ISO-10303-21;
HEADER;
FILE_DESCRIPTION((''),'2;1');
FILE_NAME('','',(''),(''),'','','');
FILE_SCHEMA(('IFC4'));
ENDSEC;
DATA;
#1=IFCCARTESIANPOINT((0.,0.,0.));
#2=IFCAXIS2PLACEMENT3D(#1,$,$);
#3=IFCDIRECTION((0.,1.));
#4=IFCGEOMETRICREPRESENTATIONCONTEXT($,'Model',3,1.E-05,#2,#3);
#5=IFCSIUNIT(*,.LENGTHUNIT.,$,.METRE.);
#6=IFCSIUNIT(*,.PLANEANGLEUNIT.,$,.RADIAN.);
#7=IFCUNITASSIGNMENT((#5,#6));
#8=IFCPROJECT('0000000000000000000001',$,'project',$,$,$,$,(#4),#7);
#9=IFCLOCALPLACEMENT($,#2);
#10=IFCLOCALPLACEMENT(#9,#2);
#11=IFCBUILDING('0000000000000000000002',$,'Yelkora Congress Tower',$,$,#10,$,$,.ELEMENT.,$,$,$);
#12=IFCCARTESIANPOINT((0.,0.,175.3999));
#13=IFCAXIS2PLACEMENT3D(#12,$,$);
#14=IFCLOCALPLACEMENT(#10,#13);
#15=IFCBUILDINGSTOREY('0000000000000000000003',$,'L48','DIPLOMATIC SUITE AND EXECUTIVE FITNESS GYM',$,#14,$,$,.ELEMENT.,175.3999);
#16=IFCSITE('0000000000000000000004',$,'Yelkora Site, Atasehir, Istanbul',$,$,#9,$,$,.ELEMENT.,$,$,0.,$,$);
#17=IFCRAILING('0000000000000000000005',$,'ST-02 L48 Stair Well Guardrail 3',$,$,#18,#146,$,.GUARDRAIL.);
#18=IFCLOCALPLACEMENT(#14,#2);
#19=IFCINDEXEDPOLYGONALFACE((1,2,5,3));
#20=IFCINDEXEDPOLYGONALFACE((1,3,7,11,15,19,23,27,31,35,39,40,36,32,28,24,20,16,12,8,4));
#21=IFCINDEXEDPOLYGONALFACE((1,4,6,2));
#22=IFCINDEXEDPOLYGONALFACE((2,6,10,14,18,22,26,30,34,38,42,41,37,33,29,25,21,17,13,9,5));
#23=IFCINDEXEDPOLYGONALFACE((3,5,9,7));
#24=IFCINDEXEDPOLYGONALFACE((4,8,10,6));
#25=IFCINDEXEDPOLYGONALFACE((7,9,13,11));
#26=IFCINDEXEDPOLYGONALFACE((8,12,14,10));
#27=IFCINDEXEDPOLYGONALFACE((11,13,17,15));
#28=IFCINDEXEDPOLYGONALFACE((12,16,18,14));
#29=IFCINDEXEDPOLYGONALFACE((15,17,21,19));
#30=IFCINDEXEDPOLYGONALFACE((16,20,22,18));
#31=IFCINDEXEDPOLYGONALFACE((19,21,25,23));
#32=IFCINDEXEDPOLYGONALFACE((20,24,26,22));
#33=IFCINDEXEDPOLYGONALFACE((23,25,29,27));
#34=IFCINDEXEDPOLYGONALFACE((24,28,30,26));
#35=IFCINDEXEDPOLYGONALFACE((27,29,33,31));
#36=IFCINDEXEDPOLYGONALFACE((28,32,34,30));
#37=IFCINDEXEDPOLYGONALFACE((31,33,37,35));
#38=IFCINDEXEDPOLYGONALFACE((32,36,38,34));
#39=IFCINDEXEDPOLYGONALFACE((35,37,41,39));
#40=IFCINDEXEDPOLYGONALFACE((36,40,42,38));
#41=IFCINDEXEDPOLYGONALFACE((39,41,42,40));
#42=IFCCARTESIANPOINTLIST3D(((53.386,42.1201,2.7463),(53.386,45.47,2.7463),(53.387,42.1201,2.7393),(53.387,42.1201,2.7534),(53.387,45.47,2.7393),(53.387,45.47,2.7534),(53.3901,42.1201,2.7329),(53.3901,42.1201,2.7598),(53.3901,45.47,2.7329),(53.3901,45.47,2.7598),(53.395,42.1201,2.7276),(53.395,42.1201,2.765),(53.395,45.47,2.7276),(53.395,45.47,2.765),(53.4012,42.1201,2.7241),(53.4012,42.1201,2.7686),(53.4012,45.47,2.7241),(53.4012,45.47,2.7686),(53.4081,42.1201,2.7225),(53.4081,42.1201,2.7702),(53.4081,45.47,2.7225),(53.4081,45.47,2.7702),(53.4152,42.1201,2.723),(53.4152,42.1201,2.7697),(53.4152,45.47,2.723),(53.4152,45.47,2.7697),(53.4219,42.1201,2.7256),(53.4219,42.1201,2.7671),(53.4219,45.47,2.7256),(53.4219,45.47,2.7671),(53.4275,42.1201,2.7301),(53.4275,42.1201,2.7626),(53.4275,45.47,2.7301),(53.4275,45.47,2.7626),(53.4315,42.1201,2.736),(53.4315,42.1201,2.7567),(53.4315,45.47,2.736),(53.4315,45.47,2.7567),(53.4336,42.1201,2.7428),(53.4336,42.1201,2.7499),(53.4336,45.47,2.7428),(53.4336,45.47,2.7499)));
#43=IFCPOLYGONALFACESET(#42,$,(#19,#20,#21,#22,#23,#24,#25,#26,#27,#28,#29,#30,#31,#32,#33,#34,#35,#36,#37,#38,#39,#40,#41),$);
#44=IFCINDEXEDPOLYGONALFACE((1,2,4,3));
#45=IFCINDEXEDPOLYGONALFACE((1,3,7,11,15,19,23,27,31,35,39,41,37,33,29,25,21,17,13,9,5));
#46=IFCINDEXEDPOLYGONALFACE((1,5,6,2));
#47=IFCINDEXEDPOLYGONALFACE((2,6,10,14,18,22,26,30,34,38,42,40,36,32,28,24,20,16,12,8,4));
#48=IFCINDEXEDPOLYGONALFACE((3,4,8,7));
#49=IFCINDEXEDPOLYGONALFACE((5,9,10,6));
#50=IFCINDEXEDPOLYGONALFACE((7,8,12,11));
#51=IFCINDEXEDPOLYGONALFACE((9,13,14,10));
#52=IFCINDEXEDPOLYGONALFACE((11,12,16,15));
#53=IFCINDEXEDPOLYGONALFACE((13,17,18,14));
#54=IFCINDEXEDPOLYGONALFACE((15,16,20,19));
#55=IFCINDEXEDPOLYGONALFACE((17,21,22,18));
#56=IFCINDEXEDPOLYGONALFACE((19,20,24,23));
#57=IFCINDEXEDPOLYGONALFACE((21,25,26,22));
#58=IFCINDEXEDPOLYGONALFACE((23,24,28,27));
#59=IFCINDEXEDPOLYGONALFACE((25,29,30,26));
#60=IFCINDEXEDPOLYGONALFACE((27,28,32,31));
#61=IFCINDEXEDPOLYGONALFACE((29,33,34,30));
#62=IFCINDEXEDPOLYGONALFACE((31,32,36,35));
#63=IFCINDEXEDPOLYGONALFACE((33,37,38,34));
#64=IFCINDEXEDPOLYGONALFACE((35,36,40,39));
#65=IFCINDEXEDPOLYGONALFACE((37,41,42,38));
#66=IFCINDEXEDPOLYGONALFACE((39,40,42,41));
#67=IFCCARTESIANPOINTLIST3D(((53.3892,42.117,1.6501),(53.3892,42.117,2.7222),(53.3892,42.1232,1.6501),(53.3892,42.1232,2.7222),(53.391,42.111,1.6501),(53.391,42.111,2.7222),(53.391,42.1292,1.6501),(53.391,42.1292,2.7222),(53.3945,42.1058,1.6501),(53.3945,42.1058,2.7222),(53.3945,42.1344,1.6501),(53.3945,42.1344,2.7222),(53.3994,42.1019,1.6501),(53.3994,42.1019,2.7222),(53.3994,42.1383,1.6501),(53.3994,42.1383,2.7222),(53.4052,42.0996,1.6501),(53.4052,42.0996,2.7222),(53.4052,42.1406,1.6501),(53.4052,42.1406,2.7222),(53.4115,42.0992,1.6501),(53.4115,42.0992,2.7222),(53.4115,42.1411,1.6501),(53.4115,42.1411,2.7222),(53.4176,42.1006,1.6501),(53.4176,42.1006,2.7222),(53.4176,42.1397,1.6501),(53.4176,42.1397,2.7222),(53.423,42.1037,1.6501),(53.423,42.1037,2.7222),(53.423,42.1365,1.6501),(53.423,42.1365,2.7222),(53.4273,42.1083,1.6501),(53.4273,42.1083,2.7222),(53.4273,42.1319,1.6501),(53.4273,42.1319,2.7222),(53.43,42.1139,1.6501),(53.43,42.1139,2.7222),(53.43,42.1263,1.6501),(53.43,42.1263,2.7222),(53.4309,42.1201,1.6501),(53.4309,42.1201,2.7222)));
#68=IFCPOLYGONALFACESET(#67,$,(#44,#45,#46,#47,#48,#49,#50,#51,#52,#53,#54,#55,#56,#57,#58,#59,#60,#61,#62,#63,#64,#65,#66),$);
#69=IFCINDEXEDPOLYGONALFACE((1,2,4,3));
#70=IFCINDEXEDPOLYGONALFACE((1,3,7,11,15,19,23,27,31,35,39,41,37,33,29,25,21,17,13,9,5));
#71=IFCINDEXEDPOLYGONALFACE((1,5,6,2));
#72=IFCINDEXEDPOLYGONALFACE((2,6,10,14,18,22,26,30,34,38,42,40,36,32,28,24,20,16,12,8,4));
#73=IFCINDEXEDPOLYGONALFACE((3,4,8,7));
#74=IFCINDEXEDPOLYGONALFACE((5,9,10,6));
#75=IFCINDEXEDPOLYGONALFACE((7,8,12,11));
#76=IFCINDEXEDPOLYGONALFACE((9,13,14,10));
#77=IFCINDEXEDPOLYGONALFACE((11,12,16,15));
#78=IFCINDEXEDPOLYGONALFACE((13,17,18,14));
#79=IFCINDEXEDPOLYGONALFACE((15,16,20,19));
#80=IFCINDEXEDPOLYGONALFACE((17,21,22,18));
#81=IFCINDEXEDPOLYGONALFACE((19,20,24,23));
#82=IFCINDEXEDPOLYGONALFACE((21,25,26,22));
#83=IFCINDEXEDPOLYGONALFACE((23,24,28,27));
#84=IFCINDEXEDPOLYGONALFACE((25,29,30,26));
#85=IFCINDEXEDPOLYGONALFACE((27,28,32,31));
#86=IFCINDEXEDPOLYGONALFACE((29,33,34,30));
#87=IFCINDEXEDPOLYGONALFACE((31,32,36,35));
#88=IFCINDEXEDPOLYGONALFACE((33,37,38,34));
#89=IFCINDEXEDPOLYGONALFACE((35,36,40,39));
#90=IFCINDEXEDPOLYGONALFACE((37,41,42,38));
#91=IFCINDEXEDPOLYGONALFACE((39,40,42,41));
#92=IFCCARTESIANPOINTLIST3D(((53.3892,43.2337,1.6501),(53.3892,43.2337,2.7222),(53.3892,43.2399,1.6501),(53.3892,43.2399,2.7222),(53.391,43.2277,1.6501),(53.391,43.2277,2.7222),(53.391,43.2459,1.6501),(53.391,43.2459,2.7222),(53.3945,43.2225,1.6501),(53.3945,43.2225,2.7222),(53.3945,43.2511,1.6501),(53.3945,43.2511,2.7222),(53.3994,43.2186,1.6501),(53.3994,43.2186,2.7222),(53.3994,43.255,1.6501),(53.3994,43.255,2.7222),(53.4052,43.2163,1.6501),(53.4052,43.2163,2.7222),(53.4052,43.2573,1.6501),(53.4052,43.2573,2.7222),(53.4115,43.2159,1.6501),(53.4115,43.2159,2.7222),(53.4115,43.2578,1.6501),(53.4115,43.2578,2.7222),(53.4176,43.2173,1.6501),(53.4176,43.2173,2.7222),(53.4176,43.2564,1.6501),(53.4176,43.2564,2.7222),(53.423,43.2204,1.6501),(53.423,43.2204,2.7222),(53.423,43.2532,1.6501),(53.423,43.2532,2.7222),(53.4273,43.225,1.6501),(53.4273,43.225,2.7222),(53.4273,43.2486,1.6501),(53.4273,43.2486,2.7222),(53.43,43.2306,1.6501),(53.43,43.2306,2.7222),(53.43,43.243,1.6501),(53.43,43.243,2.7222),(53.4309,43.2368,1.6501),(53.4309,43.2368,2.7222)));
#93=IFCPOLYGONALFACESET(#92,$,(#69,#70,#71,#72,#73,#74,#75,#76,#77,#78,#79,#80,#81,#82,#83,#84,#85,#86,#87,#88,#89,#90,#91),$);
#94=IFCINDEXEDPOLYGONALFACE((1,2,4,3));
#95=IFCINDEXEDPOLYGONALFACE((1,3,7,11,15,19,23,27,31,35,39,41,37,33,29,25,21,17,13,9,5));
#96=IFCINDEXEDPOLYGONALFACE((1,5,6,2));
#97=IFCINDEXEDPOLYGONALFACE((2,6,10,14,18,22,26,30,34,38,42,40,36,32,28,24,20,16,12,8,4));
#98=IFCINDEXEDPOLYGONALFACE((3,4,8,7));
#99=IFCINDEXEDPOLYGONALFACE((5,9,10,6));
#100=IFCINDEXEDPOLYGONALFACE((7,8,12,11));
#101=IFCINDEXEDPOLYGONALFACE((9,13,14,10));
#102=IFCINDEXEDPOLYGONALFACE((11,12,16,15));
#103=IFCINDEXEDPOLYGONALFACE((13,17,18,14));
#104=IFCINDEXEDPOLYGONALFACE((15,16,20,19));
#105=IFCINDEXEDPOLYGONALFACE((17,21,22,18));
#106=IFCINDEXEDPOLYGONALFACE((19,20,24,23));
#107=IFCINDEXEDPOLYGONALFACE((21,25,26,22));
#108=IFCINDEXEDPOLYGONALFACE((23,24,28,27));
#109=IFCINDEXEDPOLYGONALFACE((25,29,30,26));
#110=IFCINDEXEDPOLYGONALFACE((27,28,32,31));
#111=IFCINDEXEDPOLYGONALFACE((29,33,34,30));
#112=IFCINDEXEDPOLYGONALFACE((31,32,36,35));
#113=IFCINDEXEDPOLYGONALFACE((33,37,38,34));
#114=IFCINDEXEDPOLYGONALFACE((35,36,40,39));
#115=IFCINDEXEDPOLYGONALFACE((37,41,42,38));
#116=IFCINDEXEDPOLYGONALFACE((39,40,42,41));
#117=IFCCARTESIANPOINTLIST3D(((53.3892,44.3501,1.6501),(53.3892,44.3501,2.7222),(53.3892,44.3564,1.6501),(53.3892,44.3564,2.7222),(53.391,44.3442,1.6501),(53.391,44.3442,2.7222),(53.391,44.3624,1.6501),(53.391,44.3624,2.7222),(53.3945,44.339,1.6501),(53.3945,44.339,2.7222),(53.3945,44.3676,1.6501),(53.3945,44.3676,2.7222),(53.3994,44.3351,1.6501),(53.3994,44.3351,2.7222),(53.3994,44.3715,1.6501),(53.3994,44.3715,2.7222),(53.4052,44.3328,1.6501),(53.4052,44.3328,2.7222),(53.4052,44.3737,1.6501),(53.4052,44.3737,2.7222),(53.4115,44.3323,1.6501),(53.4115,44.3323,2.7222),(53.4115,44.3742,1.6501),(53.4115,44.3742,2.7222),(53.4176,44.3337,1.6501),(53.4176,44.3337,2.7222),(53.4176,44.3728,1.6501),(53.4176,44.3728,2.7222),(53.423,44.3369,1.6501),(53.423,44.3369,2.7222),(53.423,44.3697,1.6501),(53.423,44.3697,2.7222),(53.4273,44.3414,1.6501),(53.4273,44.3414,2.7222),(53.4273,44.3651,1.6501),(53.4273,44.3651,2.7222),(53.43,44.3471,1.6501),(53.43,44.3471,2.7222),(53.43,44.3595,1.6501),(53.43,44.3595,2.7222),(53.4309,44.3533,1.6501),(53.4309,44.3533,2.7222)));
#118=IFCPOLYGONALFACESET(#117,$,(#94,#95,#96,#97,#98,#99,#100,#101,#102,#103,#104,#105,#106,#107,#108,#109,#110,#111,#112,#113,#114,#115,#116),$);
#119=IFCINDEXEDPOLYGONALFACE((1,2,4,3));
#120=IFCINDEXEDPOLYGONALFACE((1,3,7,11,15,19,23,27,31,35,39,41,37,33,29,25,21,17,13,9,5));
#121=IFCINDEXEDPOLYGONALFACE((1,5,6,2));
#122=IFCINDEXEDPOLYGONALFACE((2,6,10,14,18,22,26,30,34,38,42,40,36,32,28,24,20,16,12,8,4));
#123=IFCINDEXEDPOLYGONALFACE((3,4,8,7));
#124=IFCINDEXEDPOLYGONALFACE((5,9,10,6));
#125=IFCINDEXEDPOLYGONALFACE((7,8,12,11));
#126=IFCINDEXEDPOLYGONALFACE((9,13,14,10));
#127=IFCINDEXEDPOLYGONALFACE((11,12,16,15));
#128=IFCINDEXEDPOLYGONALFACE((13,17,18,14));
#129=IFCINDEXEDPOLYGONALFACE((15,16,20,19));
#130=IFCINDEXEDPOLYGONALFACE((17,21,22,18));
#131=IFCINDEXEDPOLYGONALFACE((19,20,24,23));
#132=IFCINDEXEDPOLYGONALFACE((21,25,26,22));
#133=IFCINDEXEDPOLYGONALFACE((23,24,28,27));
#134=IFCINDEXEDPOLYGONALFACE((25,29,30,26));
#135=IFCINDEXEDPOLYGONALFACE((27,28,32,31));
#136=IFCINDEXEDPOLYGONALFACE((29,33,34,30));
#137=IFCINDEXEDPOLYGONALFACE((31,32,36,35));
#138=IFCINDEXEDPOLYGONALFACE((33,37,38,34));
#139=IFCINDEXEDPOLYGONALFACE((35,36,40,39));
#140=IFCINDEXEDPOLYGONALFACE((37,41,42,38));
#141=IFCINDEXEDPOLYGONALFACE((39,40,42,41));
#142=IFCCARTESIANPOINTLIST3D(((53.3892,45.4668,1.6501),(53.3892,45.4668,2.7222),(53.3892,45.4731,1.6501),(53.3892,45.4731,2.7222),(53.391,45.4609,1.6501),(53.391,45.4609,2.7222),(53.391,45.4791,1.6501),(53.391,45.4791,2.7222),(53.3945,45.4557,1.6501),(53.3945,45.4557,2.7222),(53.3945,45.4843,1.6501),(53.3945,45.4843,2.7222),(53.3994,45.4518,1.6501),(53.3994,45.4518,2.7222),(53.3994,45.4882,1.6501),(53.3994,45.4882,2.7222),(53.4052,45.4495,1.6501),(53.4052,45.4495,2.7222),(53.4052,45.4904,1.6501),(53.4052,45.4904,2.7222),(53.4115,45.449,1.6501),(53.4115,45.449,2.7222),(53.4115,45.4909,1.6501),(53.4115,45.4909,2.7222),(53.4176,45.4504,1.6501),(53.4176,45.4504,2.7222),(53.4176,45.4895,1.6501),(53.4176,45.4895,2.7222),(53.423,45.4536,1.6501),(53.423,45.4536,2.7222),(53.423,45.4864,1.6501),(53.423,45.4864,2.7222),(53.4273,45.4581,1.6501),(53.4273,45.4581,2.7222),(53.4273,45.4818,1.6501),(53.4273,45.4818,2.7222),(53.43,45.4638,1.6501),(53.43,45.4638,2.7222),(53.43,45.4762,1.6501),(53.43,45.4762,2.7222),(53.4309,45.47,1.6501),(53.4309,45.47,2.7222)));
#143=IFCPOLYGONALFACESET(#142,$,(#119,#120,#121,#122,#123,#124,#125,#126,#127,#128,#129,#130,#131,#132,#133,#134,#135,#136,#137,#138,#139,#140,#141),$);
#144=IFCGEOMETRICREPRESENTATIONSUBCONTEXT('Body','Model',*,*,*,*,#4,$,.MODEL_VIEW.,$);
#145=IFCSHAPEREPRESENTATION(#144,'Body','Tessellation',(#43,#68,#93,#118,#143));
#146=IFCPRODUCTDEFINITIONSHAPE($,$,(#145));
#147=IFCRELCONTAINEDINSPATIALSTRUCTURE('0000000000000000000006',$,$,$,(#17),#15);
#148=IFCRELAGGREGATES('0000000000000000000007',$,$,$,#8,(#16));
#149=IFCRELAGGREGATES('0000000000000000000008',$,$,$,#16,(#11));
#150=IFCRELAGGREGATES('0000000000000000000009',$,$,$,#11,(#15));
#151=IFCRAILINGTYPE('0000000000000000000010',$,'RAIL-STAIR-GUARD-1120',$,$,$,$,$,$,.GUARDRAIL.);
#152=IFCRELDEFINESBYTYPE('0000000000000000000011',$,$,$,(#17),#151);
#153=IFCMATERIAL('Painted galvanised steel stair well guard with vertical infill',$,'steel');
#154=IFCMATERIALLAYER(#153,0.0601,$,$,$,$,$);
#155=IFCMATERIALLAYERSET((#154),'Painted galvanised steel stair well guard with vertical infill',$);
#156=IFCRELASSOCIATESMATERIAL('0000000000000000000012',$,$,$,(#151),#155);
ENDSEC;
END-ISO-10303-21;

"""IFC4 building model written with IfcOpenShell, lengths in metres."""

from ifc_helpers import new_model, si_unit, direction, frame, origin, origin_2d, place, context, subcontext, project, spatial, circle, extrude, material, layer, layer_set, type_object, element, save


model = new_model("IFC4")

# Units and contexts
model_context = context("Model", 3, precision=1e-05, world=origin(), true_north=direction((0.0, 1.0)))
body_context = subcontext(model_context, "Body", "Model", "MODEL_VIEW")
ifc_project = project(units=[si_unit("LENGTHUNIT", "METRE"), si_unit("PLANEANGLEUNIT", "RADIAN")], contexts=[model_context])

# Site, building, storey
site_placement = place(None, origin())
site = spatial("IfcSite", under=ifc_project, at=site_placement, Name="Yelkora Site, Atasehir, Istanbul", CompositionType="ELEMENT", RefElevation=0.0)
building_placement = place(site_placement, origin())
building = spatial("IfcBuilding", under=site, at=building_placement, Name="Yelkora Congress Tower", CompositionType="ELEMENT")
storey_placement = place(building_placement, frame((0.0, 0.0, 175.3999)))
storey = spatial("IfcBuildingStorey", under=building, at=storey_placement, Name="L48", Description="DIPLOMATIC SUITE AND EXECUTIVE FITNESS GYM", CompositionType="ELEMENT", Elevation=175.3999)

# Railing
ifc_material_1 = material(Name="Painted galvanised steel stair well guard with vertical infill", Category="steel")
ifc_layer_1 = layer(ifc_material_1, 0.0601)
ifc_layer_set_1 = layer_set([ifc_layer_1], Name="Painted galvanised steel stair well guard with vertical infill")
railing_type_1 = type_object("IfcRailingType", Name="RAIL-STAIR-GUARD-1120", PredefinedType="GUARDRAIL", material=ifc_layer_set_1)
railing_1_placement = place(storey_placement, frame((53.4099, 42.1201, 1.6501)))
element("IfcRailing", 1, at=railing_1_placement, inside=storey, type_object=railing_type_1, Name="ST-02 L48 Stair Well Guardrail 3", PredefinedType="GUARDRAIL", context=body_context, shape_type="SweptSolid", body=[
    extrude(circle(Radius=0.0239, at=origin_2d()), frame((0.0, 0.0, 1.0962), z_axis=(0.0, 1.0, 0.0), x_axis=(-1.0, 0.0, 0.0)), (0.0, 0.0, 1.0), 3.3499),
    extrude(circle(Radius=0.021, at=origin_2d()), origin(), (0.0, 0.0, 1.0), 1.072),
    extrude(circle(Radius=0.021, at=origin_2d()), frame((0.0, 1.1167, 0.0)), (0.0, 0.0, 1.0), 1.072),
    extrude(circle(Radius=0.021, at=origin_2d()), frame((0.0, 2.2332, 0.0)), (0.0, 0.0, 1.0), 1.072),
    extrude(circle(Radius=0.021, at=origin_2d()), frame((0.0, 3.3499, 0.0)), (0.0, 0.0, 1.0), 1.072),
])

save(model, "model.ifc")
